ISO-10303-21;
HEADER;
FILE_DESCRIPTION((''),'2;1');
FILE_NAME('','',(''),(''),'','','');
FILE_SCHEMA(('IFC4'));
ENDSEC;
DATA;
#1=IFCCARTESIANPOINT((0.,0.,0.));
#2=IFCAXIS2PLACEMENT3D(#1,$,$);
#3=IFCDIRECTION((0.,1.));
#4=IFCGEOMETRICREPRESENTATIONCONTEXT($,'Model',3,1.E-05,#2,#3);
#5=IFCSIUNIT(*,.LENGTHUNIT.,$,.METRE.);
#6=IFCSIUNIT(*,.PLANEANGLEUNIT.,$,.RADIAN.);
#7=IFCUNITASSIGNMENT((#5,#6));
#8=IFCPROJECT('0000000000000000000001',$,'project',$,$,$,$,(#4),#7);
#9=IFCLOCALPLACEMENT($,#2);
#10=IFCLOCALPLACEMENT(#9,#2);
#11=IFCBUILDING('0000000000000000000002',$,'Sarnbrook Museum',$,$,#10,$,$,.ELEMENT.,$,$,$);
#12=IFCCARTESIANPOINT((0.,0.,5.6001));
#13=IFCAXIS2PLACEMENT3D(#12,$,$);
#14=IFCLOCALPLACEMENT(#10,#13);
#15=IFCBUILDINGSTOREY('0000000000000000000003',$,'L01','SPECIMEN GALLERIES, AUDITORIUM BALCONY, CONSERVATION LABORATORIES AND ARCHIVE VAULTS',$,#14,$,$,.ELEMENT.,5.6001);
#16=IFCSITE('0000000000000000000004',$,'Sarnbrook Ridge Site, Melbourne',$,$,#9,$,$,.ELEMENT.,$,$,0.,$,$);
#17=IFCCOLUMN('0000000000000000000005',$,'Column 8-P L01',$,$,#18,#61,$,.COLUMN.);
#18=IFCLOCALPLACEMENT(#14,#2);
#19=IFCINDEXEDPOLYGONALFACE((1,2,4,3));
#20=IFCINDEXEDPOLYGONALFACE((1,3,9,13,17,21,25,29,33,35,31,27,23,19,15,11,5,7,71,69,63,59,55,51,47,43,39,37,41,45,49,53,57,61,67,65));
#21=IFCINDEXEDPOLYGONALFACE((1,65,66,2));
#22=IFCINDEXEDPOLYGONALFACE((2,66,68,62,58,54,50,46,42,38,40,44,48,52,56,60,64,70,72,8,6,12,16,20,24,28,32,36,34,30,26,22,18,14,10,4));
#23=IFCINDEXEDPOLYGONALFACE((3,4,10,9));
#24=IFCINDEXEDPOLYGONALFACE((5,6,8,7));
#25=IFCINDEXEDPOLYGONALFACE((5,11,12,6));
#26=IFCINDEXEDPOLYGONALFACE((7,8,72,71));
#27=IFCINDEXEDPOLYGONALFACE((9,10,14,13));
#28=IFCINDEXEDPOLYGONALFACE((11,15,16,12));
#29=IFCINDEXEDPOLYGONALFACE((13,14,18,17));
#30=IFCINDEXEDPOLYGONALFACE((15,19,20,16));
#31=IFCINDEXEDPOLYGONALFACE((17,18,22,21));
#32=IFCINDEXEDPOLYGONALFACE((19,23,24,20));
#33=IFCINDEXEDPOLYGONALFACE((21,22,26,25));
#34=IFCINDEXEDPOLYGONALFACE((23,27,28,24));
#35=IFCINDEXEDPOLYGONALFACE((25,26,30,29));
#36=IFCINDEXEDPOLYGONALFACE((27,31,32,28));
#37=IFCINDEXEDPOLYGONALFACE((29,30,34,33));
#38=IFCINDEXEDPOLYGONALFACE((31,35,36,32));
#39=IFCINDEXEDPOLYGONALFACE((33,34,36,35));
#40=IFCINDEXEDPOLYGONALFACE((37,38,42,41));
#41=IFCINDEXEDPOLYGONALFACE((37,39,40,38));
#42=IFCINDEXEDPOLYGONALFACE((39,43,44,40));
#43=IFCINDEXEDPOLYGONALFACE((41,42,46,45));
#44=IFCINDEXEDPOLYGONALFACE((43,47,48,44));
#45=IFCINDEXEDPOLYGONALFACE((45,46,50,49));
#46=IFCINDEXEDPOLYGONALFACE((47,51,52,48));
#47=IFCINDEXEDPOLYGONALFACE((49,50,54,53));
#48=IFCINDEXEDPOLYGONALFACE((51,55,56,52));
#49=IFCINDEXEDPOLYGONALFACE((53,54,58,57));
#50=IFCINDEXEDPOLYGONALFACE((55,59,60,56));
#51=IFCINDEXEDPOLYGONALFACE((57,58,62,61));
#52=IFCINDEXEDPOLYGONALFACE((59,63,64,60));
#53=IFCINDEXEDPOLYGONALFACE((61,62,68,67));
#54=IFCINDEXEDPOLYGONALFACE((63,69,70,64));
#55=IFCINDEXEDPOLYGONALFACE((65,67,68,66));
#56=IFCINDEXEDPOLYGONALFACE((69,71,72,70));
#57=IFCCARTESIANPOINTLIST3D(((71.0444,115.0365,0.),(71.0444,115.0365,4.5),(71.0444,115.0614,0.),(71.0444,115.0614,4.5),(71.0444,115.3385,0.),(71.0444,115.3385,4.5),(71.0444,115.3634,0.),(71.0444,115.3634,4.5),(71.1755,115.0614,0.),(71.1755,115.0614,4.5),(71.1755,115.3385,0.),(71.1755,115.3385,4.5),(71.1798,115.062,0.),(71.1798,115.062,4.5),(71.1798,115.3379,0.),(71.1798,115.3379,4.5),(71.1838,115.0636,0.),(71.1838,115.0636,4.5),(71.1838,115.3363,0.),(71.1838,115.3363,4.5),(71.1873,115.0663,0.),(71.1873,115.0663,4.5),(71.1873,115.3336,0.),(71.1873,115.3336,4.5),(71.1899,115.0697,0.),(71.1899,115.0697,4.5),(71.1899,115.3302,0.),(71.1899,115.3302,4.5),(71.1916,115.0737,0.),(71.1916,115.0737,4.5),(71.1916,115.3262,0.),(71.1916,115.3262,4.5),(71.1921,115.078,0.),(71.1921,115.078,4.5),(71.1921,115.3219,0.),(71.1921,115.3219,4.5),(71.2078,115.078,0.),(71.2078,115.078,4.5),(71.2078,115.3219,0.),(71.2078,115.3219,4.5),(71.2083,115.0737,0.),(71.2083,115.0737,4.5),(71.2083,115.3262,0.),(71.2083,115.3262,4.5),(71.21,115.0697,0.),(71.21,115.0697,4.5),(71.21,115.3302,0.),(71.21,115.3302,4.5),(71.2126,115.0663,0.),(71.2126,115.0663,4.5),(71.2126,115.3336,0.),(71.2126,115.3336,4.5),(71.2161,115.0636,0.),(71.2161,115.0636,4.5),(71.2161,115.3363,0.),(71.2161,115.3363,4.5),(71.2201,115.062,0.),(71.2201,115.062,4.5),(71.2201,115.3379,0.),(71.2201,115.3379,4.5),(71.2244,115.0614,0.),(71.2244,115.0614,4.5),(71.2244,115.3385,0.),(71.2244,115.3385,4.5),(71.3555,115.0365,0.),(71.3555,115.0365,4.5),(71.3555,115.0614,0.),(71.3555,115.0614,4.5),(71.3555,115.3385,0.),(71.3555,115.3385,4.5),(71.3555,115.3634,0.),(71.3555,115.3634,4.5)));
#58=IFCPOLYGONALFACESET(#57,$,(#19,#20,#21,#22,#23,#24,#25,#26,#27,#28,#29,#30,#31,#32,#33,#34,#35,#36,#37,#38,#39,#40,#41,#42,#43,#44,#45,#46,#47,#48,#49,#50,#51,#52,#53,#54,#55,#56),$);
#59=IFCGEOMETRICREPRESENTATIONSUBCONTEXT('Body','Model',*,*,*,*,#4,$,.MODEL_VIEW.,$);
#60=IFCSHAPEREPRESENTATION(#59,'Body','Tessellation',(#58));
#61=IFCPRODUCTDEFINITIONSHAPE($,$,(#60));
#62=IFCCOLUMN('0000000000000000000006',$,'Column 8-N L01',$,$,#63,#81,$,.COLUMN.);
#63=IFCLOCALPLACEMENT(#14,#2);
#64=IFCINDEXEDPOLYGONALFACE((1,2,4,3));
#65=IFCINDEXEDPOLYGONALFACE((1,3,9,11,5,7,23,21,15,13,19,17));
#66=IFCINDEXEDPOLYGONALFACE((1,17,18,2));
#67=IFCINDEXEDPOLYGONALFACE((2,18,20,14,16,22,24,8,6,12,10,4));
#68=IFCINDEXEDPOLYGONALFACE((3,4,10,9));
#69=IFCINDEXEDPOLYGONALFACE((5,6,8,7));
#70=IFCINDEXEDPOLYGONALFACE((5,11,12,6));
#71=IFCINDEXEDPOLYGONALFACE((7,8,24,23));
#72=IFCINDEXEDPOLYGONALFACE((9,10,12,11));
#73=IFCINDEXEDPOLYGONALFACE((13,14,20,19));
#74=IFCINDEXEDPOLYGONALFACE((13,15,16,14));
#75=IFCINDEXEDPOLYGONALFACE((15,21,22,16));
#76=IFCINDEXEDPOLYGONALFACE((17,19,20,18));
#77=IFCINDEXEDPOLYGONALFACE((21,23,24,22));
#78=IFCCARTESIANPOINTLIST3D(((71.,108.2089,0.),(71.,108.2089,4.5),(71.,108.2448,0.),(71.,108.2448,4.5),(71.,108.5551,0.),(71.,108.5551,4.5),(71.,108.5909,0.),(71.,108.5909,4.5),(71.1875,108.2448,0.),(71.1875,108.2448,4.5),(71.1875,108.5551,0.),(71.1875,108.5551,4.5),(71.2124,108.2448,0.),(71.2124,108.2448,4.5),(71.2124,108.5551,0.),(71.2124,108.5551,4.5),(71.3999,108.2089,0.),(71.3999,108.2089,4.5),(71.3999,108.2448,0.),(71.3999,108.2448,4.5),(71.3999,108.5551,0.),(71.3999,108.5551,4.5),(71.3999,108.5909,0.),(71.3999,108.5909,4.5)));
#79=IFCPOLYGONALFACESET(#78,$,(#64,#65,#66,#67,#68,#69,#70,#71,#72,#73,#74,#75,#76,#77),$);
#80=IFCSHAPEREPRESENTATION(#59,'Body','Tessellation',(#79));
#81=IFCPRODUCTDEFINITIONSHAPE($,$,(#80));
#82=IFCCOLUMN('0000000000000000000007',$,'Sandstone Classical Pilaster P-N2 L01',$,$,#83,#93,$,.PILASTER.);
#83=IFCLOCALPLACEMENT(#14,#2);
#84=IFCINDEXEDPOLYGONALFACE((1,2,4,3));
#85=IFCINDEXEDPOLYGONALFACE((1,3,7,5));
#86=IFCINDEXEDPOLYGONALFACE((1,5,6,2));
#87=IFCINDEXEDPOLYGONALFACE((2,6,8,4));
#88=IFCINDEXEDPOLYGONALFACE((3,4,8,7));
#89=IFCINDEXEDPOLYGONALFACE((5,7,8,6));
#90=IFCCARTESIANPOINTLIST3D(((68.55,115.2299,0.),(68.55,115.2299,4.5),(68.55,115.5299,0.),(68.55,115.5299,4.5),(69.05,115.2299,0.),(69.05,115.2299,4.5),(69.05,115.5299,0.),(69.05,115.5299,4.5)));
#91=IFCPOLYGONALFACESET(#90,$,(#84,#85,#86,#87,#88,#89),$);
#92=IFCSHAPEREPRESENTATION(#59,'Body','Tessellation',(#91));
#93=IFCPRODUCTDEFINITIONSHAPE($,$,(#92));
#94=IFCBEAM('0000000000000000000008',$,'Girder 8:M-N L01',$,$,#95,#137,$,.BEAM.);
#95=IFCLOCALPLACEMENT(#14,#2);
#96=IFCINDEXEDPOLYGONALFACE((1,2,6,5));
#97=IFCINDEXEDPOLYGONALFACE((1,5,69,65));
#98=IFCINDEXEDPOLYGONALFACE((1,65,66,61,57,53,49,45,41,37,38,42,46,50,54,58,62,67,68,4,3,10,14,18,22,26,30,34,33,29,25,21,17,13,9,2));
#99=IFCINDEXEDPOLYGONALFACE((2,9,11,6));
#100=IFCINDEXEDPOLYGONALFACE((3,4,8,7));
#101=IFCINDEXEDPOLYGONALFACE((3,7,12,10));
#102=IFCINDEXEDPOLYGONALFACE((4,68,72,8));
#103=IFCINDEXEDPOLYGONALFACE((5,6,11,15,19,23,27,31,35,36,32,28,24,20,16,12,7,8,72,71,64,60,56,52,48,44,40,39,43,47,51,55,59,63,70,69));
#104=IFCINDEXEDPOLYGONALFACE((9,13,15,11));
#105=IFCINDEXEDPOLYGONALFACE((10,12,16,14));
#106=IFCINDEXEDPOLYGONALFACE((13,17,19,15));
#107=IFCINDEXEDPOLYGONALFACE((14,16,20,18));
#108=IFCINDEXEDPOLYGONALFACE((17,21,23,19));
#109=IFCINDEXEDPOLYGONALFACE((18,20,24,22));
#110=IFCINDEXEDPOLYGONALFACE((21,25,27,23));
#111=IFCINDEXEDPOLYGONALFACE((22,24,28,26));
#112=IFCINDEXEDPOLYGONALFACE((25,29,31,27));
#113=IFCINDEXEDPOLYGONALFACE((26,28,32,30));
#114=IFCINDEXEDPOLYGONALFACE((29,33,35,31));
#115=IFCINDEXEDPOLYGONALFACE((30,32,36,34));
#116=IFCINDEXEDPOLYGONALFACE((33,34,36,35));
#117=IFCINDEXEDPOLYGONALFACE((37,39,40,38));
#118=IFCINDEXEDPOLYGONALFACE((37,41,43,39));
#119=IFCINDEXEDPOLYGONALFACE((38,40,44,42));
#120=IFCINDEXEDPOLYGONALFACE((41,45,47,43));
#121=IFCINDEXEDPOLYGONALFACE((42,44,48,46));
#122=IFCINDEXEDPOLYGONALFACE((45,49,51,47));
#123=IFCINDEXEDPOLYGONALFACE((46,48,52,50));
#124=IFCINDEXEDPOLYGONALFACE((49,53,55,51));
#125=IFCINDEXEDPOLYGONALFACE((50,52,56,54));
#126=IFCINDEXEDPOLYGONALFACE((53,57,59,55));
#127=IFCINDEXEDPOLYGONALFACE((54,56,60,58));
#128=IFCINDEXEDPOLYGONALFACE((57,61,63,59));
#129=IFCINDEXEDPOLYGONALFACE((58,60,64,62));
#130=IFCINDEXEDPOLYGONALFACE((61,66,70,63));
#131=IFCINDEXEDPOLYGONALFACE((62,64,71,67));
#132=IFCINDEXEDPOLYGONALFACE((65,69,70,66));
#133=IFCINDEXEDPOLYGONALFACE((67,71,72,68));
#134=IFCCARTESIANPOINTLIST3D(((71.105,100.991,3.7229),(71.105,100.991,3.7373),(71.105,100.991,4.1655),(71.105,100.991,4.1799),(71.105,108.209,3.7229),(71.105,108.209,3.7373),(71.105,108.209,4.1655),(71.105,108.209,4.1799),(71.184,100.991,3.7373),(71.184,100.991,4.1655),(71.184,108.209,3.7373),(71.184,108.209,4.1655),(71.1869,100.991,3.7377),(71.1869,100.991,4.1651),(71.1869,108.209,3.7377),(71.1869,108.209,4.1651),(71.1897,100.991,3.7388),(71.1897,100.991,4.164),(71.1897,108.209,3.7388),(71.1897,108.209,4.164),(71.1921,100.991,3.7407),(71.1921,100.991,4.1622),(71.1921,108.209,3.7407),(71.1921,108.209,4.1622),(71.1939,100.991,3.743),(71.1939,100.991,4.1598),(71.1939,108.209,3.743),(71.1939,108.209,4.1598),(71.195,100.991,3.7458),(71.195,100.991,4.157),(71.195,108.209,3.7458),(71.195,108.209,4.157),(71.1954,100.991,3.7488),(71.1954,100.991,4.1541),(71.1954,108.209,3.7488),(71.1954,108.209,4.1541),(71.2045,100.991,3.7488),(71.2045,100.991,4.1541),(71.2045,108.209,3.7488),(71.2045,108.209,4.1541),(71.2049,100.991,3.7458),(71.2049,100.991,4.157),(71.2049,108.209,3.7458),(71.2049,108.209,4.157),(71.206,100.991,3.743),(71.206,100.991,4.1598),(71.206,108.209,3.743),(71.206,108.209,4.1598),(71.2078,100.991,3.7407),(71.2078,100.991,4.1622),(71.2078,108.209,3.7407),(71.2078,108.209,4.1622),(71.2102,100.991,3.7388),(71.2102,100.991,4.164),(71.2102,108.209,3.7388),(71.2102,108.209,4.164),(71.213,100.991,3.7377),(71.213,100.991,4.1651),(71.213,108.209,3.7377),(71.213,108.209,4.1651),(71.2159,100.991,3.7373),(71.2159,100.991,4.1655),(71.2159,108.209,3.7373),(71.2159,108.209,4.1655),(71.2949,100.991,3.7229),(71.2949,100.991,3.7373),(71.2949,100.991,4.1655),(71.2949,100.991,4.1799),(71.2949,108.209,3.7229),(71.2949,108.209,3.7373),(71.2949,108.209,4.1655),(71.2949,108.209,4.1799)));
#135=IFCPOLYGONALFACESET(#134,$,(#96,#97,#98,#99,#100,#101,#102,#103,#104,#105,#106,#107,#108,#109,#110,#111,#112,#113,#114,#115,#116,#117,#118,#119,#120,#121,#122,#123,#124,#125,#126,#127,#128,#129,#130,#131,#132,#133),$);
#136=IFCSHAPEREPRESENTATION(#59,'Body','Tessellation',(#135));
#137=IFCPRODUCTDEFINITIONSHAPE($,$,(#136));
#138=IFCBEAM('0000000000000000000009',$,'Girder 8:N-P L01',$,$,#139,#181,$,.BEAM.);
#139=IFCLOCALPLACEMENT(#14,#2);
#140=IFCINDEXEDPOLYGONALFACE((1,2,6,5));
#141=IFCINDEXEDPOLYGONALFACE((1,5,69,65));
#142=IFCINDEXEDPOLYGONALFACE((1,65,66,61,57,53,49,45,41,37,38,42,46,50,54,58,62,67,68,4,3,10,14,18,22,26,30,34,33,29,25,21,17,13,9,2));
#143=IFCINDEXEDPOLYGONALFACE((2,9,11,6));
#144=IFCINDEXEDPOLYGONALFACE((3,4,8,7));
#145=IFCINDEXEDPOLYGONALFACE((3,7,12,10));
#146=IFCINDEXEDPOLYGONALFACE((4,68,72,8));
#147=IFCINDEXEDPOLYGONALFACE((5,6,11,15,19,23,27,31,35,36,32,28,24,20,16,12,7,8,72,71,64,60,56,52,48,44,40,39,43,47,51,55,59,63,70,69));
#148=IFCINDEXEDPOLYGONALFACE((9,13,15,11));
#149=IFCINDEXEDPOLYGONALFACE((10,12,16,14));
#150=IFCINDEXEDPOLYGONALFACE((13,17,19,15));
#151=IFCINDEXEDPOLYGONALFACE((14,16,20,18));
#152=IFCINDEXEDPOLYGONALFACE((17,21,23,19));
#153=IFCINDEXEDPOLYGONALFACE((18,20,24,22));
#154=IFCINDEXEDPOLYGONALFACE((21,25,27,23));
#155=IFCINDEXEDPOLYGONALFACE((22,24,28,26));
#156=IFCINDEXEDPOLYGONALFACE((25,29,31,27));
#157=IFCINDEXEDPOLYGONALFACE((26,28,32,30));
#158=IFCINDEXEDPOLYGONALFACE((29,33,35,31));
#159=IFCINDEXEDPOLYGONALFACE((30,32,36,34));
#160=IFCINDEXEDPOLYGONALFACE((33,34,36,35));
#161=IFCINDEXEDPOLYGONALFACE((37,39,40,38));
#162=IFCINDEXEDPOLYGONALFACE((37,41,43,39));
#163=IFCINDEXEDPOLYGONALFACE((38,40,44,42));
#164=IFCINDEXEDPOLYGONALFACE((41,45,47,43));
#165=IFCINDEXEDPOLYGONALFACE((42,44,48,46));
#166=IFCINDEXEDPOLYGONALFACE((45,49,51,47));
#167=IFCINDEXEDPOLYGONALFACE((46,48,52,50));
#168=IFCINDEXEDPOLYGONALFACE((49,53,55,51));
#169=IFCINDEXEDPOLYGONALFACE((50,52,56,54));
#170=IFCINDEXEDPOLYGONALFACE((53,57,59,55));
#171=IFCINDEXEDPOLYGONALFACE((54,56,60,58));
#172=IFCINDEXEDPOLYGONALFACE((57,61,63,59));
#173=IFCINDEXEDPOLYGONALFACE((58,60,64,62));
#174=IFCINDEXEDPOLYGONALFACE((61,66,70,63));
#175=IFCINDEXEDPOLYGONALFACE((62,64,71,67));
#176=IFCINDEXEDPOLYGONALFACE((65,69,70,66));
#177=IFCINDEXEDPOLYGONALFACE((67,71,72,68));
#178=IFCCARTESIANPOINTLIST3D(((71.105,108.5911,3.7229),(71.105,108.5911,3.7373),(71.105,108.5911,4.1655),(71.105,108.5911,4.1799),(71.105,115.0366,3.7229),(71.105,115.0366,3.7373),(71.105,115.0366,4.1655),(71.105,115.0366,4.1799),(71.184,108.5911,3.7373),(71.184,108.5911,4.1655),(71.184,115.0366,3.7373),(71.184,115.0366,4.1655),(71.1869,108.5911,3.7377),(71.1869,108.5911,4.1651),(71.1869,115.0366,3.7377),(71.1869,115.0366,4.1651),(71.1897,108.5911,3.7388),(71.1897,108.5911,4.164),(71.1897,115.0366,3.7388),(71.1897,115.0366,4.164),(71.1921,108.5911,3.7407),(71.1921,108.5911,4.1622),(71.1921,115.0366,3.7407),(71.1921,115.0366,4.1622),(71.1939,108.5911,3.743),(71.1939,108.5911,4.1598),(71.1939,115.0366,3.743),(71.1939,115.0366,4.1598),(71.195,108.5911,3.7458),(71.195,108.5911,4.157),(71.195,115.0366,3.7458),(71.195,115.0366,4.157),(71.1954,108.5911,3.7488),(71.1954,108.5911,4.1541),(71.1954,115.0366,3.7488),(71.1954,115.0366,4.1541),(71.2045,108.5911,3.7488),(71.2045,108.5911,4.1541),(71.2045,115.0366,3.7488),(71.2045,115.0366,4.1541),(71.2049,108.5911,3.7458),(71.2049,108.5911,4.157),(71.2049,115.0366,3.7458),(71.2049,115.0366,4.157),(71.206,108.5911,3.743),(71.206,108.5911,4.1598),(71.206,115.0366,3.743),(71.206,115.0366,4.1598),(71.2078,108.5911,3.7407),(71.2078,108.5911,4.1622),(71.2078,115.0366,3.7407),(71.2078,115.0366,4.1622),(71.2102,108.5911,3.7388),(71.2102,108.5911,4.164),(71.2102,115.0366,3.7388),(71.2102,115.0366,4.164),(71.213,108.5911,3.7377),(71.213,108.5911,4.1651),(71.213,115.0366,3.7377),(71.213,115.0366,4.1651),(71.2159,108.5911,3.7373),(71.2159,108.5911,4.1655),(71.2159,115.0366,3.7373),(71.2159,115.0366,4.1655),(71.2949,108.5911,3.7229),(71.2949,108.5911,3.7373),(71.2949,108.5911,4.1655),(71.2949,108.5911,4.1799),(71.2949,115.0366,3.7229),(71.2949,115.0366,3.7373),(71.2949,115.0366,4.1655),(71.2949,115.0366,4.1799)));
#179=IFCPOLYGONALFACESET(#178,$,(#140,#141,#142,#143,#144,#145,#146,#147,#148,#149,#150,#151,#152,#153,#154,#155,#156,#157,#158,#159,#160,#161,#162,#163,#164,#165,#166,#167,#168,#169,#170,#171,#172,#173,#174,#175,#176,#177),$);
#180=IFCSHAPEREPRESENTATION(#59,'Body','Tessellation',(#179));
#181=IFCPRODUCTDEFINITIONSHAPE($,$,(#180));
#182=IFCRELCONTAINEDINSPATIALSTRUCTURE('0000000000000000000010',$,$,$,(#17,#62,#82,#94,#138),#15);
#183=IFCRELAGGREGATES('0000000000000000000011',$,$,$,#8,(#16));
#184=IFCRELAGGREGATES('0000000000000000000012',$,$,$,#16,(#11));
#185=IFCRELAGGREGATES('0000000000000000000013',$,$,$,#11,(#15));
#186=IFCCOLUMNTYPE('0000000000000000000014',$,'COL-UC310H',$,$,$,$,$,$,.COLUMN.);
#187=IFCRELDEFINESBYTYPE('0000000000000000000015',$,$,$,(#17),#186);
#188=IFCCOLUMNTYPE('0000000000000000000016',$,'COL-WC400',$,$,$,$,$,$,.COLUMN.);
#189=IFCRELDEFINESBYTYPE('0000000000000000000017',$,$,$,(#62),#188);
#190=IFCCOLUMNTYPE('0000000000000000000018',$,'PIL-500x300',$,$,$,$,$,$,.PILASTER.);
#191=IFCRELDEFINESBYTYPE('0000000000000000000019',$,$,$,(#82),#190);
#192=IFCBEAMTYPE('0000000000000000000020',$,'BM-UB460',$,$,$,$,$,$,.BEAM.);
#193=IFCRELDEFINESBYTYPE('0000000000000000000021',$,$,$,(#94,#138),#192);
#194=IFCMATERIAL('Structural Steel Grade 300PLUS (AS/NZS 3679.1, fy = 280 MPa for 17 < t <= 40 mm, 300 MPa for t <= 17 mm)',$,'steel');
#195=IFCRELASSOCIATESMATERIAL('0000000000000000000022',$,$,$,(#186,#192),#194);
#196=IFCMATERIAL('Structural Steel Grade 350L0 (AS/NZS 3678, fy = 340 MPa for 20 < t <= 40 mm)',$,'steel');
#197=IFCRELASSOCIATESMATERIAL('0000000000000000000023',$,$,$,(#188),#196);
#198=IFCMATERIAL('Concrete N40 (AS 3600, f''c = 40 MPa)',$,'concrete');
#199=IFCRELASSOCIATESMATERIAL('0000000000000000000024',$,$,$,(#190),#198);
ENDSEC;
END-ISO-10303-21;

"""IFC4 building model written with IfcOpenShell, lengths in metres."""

from ifc_helpers import new_model, si_unit, direction, frame, origin, origin_2d, place, context, subcontext, project, spatial, rectangle, i_section, extrude, material, material_profile, profile_set, type_object, element, save


model = new_model("IFC4")

# Units and contexts
model_context = context("Model", 3, precision=1e-05, world=origin(), true_north=direction((0.0, 1.0)))
body_context = subcontext(model_context, "Body", "Model", "MODEL_VIEW")
ifc_project = project(units=[si_unit("LENGTHUNIT", "METRE"), si_unit("PLANEANGLEUNIT", "RADIAN")], contexts=[model_context])

# Site, building, storey
site_placement = place(None, origin())
site = spatial("IfcSite", under=ifc_project, at=site_placement, Name="Sarnbrook Ridge Site, Melbourne", CompositionType="ELEMENT", RefElevation=0.0)
building_placement = place(site_placement, origin())
building = spatial("IfcBuilding", under=site, at=building_placement, Name="Sarnbrook Museum", CompositionType="ELEMENT")
storey_placement = place(building_placement, frame((0.0, 0.0, 5.6001)))
storey = spatial("IfcBuildingStorey", under=building, at=storey_placement, Name="L01", Description="SPECIMEN GALLERIES, AUDITORIUM BALCONY, CONSERVATION LABORATORIES AND ARCHIVE VAULTS", CompositionType="ELEMENT", Elevation=5.6001)

# Columns
ifc_material_1 = material(Name="Structural Steel Grade 300PLUS (AS/NZS 3679.1, fy = 280 MPa for 17 < t <= 40 mm, 300 MPa for t <= 17 mm)", Category="steel")
ifc_material_profile_1 = material_profile(ifc_material_1, i_section(OverallWidth=0.311, OverallDepth=0.3269, WebThickness=0.0156, FlangeThickness=0.0249, FilletRadius=0.0166, at=origin_2d()), Name="310UC158")
ifc_profile_set_1 = profile_set([ifc_material_profile_1], Name="Structural Steel Grade 300PLUS (AS/NZS 3679.1, fy = 280 MPa for 17 < t <= 40 mm, 300 MPa for t <= 17 mm)")
column_type_1 = type_object("IfcColumnType", Name="COL-UC310H", PredefinedType="COLUMN", material=ifc_profile_set_1)
column_1_placement = place(storey_placement, frame((71.2, 115.2, 0.0), z_axis=(0.0, 0.0, 1.0), x_axis=(1.0, 0.0, 0.0)))
element("IfcColumn", 1, at=column_1_placement, inside=storey, type_object=column_type_1, Name="Column 8-P L01", PredefinedType="COLUMN", context=body_context, shape_type="SweptSolid", body=[
    extrude(i_section(OverallWidth=0.311, OverallDepth=0.3269, WebThickness=0.0156, FlangeThickness=0.0249, FilletRadius=0.0166, at=origin_2d()), origin(), (0.0, 0.0, 1.0), 4.5),
])
ifc_material_2 = material(Name="Structural Steel Grade 350L0 (AS/NZS 3678, fy = 340 MPa for 20 < t <= 40 mm)", Category="steel")
ifc_material_profile_2 = material_profile(ifc_material_2, i_section(OverallWidth=0.3999, OverallDepth=0.3821, WebThickness=0.0249, FlangeThickness=0.0359, at=origin_2d()), Name="400WC270")
ifc_profile_set_2 = profile_set([ifc_material_profile_2], Name="Structural Steel Grade 350L0 (AS/NZS 3678, fy = 340 MPa for 20 < t <= 40 mm)")
column_type_2 = type_object("IfcColumnType", Name="COL-WC400", PredefinedType="COLUMN", material=ifc_profile_set_2)
column_2_placement = place(storey_placement, frame((71.2, 108.3999, 0.0), z_axis=(0.0, 0.0, 1.0), x_axis=(1.0, 0.0, 0.0)))
element("IfcColumn", 2, at=column_2_placement, inside=storey, type_object=column_type_2, Name="Column 8-N L01", PredefinedType="COLUMN", context=body_context, shape_type="SweptSolid", body=[
    extrude(i_section(OverallWidth=0.3999, OverallDepth=0.3821, WebThickness=0.0249, FlangeThickness=0.0359, at=origin_2d()), origin(), (0.0, 0.0, 1.0), 4.5),
])
ifc_material_3 = material(Name="Concrete N40 (AS 3600, f'c = 40 MPa)", Category="concrete")
ifc_material_profile_3 = material_profile(ifc_material_3, rectangle(XDim=0.5, YDim=0.3, at=origin_2d()), Name="PILASTER 500x300")
ifc_profile_set_3 = profile_set([ifc_material_profile_3], Name="Concrete N40 (AS 3600, f'c = 40 MPa)")
column_type_3 = type_object("IfcColumnType", Name="PIL-500x300", PredefinedType="PILASTER", material=ifc_profile_set_3)
column_3_placement = place(storey_placement, frame((68.8, 115.3799, 0.0), z_axis=(0.0, 0.0, 1.0), x_axis=(1.0, 0.0, 0.0)))
element("IfcColumn", 3, at=column_3_placement, inside=storey, type_object=column_type_3, Name="Sandstone Classical Pilaster P-N2 L01", PredefinedType="PILASTER", context=body_context, shape_type="SweptSolid", body=[
    extrude(rectangle(XDim=0.5, YDim=0.3, at=origin_2d()), origin(), (0.0, 0.0, 1.0), 4.5),
])

# Beams
ifc_material_profile_4 = material_profile(ifc_material_1, i_section(OverallWidth=0.1899, OverallDepth=0.457, WebThickness=0.009, FlangeThickness=0.0144, FilletRadius=0.0115, at=origin_2d()), Name="460UB74.6")
ifc_profile_set_4 = profile_set([ifc_material_profile_4], Name="Structural Steel Grade 300PLUS (AS/NZS 3679.1, fy = 280 MPa for 17 < t <= 40 mm, 300 MPa for t <= 17 mm)")
beam_type_1 = type_object("IfcBeamType", Name="BM-UB460", PredefinedType="BEAM", material=ifc_profile_set_4)
beam_1_placement = place(storey_placement, frame((71.2, 100.991, 3.9514), z_axis=(0.0, 1.0, 0.0), x_axis=(-1.0, 0.0, 0.0)))
element("IfcBeam", 4, at=beam_1_placement, inside=storey, type_object=beam_type_1, Name="Girder 8:M-N L01", PredefinedType="BEAM", context=body_context, shape_type="SweptSolid", body=[
    extrude(i_section(OverallWidth=0.1899, OverallDepth=0.457, WebThickness=0.009, FlangeThickness=0.0144, FilletRadius=0.0115, at=origin_2d()), origin(), (0.0, 0.0, 1.0), 7.218),
])
beam_2_placement = place(storey_placement, frame((71.2, 108.5911, 3.9514), z_axis=(0.0, 1.0, 0.0), x_axis=(-1.0, 0.0, 0.0)))
element("IfcBeam", 5, at=beam_2_placement, inside=storey, type_object=beam_type_1, Name="Girder 8:N-P L01", PredefinedType="BEAM", context=body_context, shape_type="SweptSolid", body=[
    extrude(i_section(OverallWidth=0.1899, OverallDepth=0.457, WebThickness=0.009, FlangeThickness=0.0144, FilletRadius=0.0115, at=origin_2d()), origin(), (0.0, 0.0, 1.0), 6.4456),
])

save(model, "model.ifc")
